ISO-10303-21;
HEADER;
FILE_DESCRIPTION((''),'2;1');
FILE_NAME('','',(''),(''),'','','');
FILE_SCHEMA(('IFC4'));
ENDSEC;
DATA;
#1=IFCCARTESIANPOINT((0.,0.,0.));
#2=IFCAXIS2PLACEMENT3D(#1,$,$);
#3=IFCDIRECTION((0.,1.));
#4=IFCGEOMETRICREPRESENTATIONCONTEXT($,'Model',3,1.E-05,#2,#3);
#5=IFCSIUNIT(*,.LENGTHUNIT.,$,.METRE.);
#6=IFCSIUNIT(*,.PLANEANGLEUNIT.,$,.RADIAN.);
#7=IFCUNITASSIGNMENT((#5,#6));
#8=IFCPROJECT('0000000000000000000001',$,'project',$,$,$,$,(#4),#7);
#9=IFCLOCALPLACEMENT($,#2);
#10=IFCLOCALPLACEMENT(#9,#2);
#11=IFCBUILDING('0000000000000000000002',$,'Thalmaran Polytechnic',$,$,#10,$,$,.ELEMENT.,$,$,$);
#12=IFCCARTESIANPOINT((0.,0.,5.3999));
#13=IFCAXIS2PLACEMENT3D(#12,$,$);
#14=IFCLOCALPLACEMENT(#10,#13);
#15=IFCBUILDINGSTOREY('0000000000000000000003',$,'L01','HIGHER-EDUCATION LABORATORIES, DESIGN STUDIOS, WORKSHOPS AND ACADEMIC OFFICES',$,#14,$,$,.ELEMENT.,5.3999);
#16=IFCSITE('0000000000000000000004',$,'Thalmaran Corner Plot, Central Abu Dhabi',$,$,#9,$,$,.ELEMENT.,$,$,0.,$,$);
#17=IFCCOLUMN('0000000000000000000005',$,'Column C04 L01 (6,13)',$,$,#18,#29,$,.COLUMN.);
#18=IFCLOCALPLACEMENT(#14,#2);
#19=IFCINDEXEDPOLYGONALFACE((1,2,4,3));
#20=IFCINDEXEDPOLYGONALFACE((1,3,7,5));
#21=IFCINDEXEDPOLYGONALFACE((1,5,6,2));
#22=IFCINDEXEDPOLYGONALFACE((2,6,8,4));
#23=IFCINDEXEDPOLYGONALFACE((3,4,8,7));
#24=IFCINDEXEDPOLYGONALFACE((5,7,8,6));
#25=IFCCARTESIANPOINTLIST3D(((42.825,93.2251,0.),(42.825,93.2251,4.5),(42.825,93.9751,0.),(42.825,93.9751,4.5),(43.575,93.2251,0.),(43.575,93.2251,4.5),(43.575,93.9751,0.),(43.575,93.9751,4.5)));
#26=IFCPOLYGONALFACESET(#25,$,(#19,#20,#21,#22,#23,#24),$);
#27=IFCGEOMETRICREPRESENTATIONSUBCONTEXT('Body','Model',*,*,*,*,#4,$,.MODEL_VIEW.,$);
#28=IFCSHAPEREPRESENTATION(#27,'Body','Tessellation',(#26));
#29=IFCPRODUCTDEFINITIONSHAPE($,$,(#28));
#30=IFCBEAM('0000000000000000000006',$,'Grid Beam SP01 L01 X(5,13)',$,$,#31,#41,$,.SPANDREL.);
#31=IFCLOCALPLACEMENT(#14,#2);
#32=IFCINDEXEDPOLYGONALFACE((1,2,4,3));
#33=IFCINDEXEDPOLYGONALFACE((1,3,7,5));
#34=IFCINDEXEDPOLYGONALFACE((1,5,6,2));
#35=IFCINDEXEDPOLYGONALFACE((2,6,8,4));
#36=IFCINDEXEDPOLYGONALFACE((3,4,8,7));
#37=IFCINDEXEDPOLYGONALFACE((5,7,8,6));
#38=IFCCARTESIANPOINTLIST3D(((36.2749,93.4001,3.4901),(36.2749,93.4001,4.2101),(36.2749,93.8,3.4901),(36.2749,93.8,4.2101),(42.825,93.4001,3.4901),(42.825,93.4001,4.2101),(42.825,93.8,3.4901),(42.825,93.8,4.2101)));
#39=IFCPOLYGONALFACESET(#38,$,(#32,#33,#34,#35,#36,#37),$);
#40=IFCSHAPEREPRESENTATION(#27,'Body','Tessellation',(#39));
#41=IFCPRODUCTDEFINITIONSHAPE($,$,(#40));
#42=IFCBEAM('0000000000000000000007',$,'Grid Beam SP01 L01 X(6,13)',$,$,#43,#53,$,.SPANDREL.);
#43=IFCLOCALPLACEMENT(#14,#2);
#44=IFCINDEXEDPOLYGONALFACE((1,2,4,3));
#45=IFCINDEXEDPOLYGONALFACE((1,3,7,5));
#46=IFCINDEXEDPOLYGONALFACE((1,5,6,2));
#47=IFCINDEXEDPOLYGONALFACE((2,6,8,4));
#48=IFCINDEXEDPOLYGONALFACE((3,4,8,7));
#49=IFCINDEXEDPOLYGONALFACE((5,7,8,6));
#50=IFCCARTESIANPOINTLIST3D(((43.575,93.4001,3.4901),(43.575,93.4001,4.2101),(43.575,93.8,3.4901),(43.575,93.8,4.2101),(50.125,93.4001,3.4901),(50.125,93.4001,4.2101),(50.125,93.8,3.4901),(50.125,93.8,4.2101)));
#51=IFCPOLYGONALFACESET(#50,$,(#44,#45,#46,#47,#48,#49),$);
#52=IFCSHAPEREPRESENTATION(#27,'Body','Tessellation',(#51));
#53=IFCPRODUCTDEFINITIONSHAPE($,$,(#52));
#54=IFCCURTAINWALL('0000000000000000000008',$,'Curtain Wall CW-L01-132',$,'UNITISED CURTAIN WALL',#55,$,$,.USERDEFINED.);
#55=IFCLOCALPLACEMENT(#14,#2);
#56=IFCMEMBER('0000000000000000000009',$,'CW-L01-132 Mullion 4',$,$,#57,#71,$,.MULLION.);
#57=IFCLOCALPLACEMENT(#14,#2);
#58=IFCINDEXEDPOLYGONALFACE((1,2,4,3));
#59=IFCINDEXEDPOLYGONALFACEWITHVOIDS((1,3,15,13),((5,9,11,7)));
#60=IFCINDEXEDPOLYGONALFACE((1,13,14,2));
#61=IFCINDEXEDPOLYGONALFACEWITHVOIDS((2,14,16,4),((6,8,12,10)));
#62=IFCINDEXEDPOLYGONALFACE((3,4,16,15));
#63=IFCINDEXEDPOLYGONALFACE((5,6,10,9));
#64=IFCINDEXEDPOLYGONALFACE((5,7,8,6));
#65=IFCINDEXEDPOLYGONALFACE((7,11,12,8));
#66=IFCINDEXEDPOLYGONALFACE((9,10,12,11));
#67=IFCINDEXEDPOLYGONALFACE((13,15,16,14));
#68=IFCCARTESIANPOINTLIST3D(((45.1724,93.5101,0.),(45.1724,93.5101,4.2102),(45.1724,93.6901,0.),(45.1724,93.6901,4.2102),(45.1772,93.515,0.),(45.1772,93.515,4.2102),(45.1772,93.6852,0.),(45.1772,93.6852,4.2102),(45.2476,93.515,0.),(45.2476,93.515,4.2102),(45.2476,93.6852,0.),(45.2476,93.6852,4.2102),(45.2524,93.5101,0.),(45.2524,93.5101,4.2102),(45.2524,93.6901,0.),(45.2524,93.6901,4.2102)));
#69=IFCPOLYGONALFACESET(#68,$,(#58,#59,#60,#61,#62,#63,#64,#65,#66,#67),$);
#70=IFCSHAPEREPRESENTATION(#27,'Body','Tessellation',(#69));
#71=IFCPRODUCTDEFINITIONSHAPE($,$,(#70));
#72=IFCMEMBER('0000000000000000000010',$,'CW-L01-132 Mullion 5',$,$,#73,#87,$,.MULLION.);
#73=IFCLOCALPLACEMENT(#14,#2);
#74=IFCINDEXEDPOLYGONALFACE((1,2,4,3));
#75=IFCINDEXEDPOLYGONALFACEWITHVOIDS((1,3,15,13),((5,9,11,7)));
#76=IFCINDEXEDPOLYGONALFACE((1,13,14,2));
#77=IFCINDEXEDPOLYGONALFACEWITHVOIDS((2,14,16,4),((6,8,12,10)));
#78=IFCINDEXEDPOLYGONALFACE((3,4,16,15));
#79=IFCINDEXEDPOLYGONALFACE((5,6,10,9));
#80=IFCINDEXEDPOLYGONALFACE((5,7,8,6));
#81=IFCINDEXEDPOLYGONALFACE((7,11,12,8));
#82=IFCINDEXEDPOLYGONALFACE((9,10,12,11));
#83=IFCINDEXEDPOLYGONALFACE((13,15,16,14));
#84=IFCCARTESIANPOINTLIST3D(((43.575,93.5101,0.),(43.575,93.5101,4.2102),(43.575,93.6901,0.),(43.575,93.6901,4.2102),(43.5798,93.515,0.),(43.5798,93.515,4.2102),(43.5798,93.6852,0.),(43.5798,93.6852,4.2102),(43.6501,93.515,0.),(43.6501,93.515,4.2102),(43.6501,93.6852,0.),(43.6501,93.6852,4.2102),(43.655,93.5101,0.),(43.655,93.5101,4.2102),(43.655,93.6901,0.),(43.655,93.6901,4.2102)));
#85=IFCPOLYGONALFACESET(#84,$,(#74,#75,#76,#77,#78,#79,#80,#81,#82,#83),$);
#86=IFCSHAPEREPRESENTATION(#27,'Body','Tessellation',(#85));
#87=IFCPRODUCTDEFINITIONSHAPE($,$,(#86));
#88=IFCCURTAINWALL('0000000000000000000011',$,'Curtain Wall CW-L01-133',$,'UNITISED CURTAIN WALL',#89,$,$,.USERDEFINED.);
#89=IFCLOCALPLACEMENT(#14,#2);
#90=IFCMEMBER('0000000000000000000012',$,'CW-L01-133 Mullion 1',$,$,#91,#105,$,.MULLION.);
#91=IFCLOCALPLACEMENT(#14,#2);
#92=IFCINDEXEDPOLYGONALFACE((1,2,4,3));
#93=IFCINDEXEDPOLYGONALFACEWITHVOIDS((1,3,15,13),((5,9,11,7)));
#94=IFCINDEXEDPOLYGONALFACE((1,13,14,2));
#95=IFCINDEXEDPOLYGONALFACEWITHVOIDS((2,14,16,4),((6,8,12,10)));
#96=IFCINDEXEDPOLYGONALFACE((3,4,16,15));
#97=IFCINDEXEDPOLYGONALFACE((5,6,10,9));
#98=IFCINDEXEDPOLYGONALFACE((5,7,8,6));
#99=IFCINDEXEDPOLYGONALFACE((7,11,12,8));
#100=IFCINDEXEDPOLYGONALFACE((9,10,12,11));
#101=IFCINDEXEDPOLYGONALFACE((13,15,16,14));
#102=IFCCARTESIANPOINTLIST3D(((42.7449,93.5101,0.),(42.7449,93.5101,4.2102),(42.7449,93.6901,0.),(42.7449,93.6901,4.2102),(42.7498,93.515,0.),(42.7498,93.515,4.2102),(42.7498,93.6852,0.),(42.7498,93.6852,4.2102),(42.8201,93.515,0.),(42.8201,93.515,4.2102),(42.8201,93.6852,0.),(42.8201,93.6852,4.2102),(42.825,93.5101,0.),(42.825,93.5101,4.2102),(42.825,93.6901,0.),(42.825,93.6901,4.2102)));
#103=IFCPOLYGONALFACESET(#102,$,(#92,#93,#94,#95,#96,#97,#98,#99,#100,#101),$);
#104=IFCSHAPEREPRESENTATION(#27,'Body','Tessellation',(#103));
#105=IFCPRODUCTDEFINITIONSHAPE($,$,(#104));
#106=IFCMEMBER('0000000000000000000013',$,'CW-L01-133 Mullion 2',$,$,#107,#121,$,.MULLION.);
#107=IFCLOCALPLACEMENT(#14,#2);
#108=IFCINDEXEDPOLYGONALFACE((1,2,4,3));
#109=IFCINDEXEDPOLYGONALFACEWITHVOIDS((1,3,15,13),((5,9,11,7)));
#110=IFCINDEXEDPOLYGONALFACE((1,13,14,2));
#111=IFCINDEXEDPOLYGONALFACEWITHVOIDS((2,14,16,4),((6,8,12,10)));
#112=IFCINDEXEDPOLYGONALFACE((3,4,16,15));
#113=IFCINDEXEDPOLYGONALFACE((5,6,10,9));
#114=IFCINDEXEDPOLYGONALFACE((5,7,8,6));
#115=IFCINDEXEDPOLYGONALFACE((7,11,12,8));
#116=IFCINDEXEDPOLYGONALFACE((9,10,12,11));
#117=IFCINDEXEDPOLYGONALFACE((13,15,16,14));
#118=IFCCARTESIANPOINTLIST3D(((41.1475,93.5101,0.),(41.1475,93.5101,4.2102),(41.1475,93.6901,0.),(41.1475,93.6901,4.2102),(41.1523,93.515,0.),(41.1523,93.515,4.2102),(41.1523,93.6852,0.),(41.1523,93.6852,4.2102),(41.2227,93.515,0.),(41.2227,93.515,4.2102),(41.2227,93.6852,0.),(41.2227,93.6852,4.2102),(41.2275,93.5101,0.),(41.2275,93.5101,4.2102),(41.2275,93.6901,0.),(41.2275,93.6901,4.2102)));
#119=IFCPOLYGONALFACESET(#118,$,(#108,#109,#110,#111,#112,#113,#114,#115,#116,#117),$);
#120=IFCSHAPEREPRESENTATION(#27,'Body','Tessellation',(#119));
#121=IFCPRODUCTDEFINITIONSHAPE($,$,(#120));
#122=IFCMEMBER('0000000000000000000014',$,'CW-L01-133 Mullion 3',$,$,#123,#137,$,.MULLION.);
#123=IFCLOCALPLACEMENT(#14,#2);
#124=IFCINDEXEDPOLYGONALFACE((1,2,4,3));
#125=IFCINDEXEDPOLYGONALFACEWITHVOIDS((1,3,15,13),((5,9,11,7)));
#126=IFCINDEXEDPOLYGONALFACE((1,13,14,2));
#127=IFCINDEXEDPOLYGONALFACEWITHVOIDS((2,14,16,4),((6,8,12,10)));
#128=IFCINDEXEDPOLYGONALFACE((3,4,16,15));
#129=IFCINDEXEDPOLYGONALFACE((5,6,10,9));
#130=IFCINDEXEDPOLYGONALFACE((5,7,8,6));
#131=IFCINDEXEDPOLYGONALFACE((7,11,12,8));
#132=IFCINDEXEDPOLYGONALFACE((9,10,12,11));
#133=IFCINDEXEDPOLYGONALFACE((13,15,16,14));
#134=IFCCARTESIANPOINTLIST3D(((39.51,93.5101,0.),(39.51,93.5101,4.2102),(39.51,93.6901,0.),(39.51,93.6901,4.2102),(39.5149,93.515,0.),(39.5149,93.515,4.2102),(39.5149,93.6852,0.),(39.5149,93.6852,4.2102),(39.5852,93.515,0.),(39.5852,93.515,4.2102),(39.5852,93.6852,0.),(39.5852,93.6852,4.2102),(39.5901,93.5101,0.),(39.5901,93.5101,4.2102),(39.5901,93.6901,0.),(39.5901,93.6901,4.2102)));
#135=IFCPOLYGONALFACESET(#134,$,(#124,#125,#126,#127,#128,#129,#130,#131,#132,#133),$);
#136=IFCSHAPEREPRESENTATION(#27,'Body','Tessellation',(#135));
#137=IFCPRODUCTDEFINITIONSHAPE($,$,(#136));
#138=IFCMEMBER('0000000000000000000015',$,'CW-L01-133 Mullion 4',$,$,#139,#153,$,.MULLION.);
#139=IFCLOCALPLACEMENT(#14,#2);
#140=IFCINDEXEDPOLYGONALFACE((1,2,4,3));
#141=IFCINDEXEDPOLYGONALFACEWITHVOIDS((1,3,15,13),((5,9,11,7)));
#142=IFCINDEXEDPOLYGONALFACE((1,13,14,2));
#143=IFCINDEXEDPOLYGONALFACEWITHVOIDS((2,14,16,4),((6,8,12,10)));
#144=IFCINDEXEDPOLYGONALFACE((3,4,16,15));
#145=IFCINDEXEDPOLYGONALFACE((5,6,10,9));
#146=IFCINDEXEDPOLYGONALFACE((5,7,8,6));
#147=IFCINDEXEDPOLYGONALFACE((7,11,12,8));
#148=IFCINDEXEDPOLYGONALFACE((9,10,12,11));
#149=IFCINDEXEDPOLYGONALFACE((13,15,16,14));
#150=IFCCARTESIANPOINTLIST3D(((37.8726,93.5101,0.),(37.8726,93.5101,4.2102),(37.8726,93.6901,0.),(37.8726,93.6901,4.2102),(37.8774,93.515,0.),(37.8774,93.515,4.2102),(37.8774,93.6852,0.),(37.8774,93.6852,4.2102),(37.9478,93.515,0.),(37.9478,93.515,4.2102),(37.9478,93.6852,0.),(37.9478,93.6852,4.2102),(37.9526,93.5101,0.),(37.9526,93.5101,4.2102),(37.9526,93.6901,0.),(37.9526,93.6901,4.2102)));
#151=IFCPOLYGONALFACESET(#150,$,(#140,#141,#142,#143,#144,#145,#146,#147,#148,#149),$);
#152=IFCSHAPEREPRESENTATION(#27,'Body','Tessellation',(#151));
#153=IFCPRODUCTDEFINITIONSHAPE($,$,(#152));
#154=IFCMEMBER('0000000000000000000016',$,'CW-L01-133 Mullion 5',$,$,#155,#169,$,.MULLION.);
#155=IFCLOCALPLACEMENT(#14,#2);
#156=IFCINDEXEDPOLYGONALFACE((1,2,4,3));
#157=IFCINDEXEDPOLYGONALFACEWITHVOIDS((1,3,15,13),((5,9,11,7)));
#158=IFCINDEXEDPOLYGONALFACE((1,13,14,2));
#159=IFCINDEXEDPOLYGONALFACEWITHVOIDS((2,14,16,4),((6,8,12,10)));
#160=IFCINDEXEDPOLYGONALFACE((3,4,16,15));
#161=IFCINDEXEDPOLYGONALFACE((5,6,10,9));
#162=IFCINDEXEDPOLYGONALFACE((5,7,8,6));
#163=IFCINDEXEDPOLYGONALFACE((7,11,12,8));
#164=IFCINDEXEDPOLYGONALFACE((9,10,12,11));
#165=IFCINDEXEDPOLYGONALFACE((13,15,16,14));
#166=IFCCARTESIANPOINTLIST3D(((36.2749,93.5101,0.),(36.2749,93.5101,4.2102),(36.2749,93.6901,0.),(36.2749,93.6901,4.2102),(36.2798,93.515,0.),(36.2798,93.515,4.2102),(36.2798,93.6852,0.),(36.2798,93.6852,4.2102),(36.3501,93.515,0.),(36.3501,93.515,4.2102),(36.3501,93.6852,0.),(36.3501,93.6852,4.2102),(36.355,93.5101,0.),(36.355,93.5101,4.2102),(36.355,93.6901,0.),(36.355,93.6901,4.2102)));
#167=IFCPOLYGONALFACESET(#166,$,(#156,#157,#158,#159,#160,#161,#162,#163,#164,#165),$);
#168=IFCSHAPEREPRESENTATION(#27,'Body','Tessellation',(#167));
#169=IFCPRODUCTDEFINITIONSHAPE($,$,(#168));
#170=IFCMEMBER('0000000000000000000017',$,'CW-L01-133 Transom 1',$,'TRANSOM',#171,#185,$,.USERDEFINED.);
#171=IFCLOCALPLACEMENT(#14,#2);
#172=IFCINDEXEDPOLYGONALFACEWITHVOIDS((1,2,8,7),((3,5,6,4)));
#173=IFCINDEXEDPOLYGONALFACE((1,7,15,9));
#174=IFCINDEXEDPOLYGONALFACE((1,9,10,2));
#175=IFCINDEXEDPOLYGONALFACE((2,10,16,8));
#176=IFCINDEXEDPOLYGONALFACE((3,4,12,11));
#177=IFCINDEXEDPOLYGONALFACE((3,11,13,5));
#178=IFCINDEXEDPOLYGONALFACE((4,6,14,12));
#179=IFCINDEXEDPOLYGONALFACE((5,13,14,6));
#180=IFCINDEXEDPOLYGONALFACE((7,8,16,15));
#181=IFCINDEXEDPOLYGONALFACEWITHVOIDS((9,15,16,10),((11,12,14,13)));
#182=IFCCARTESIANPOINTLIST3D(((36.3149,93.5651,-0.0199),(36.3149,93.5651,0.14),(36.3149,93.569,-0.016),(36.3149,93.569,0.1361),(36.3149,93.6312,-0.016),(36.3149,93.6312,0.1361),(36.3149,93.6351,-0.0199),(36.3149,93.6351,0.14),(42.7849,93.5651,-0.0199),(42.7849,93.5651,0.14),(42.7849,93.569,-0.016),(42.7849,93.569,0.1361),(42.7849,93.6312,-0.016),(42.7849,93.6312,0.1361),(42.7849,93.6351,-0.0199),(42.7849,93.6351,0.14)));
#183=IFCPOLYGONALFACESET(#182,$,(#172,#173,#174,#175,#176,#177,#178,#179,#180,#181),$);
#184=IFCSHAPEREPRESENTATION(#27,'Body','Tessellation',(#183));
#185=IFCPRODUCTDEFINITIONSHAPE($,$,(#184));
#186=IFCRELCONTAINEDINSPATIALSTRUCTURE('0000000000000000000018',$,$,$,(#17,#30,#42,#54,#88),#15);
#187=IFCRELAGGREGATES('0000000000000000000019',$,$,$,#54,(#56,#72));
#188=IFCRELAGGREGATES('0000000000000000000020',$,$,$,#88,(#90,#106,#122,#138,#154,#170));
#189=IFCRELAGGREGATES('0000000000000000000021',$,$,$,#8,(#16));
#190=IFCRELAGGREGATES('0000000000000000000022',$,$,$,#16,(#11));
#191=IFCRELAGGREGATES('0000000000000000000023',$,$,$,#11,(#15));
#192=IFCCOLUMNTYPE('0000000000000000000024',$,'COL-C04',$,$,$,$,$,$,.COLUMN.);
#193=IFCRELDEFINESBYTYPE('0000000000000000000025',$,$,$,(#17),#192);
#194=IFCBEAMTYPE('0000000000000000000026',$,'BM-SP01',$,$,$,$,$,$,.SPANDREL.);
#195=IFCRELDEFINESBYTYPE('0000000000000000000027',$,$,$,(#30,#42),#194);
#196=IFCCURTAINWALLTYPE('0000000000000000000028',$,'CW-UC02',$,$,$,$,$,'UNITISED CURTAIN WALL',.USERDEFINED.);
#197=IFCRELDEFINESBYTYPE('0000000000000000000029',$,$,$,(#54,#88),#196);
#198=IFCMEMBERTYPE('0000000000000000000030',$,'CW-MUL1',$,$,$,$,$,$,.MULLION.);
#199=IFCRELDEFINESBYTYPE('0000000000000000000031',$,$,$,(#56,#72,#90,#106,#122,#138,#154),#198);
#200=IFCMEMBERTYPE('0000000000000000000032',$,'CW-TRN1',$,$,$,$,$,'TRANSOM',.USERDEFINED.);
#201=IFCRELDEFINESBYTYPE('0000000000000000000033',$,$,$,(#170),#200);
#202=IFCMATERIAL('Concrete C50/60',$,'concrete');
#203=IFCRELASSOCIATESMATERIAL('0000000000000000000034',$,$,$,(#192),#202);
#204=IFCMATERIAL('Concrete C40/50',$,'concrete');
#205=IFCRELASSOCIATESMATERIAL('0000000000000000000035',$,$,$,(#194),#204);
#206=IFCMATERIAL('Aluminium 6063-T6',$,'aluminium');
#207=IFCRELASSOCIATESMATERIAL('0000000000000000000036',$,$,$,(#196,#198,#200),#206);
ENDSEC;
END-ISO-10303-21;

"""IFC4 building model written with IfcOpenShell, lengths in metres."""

from ifc_helpers import new_model, si_unit, direction, frame, origin, origin_2d, place, context, subcontext, project, spatial, rectangle, hollow_rectangle, extrude, material, material_profile, profile_set, type_object, element, aggregate, save


model = new_model("IFC4")

# Units and contexts
model_context = context("Model", 3, precision=1e-05, world=origin(), true_north=direction((0.0, 1.0)))
body_context = subcontext(model_context, "Body", "Model", "MODEL_VIEW")
ifc_project = project(units=[si_unit("LENGTHUNIT", "METRE"), si_unit("PLANEANGLEUNIT", "RADIAN")], contexts=[model_context])

# Site, building, storey
site_placement = place(None, origin())
site = spatial("IfcSite", under=ifc_project, at=site_placement, Name="Thalmaran Corner Plot, Central Abu Dhabi", CompositionType="ELEMENT", RefElevation=0.0)
building_placement = place(site_placement, origin())
building = spatial("IfcBuilding", under=site, at=building_placement, Name="Thalmaran Polytechnic", CompositionType="ELEMENT")
storey_placement = place(building_placement, frame((0.0, 0.0, 5.3999)))
storey = spatial("IfcBuildingStorey", under=building, at=storey_placement, Name="L01", Description="HIGHER-EDUCATION LABORATORIES, DESIGN STUDIOS, WORKSHOPS AND ACADEMIC OFFICES", CompositionType="ELEMENT", Elevation=5.3999)

# Column
ifc_material_1 = material(Name="Concrete C50/60", Category="concrete")
ifc_material_profile_1 = material_profile(ifc_material_1, rectangle(XDim=0.75, YDim=0.75, at=origin_2d()), Name="RC 750x750")
ifc_profile_set_1 = profile_set([ifc_material_profile_1], Name="Concrete C50/60")
column_type = type_object("IfcColumnType", Name="COL-C04", PredefinedType="COLUMN", material=ifc_profile_set_1)
column_placement = place(storey_placement, frame((43.2, 93.6001, 0.0), z_axis=(0.0, 0.0, 1.0), x_axis=(1.0, 0.0, 0.0)))
element("IfcColumn", 1, at=column_placement, inside=storey, type_object=column_type, Name="Column C04 L01 (6,13)", PredefinedType="COLUMN", context=body_context, shape_type="SweptSolid", body=[
    extrude(rectangle(XDim=0.75, YDim=0.75, at=origin_2d()), origin(), (0.0, 0.0, 1.0), 4.5),
])

# Beams
ifc_material_2 = material(Name="Concrete C40/50", Category="concrete")
ifc_material_profile_2 = material_profile(ifc_material_2, rectangle(XDim=0.3999, YDim=0.72, at=origin_2d()), Name="RC 400x720")
ifc_profile_set_2 = profile_set([ifc_material_profile_2], Name="Concrete C40/50")
beam_type = type_object("IfcBeamType", Name="BM-SP01", PredefinedType="SPANDREL", material=ifc_profile_set_2)
for number, where, z_axis, x_axis, name in (
    (2, (36.2749, 93.6001, 3.8501), (1.0, 0.0, 0.0), (0.0, 1.0, 0.0), "Grid Beam SP01 L01 X(5,13)"),
    (3, (43.575, 93.6001, 3.8501), (1.0, 0.0, 0.0), (0.0, 1.0, 0.0), "Grid Beam SP01 L01 X(6,13)"),
):
    element("IfcBeam", number, at=place(storey_placement, frame(where, z_axis=z_axis, x_axis=x_axis)), inside=storey, type_object=beam_type, Name=name, PredefinedType="SPANDREL", context=body_context, shape_type="SweptSolid", body=[
        extrude(rectangle(XDim=0.3999, YDim=0.72, at=origin_2d()), origin(), (0.0, 0.0, 1.0), 6.55),
    ])

# Curtain walls, members
ifc_material_3 = material(Name="Aluminium 6063-T6", Category="aluminium")
curtain_wall_type = type_object("IfcCurtainWallType", Name="CW-UC02", ElementType="UNITISED CURTAIN WALL", PredefinedType="USERDEFINED", material=ifc_material_3)
curtain_wall_1_placement = place(storey_placement, origin())
curtain_wall_1 = element("IfcCurtainWall", 4, at=curtain_wall_1_placement, inside=storey, type_object=curtain_wall_type, Name="Curtain Wall CW-L01-132", ObjectType="UNITISED CURTAIN WALL", PredefinedType="USERDEFINED")
ifc_material_profile_3 = material_profile(ifc_material_3, hollow_rectangle(XDim=0.0801, YDim=0.1799, WallThickness=0.0049, at=origin_2d()), Name="RHS 180x80x5.0")
ifc_profile_set_3 = profile_set([ifc_material_profile_3], Name="Aluminium 6063-T6")
member_type_1 = type_object("IfcMemberType", Name="CW-MUL1", PredefinedType="MULLION", material=ifc_profile_set_3)
member_1_placement = place(storey_placement, frame((45.2124, 93.6001, 0.0), z_axis=(0.0, 0.0, 1.0), x_axis=(1.0, 0.0, 0.0)))
member_1 = element("IfcMember", 5, at=member_1_placement, type_object=member_type_1, Name="CW-L01-132 Mullion 4", PredefinedType="MULLION", context=body_context, shape_type="SweptSolid", body=[
    extrude(hollow_rectangle(XDim=0.0801, YDim=0.1799, WallThickness=0.0049, at=origin_2d()), origin(), (0.0, 0.0, 1.0), 4.2102),
])
member_2_placement = place(storey_placement, frame((43.615, 93.6001, 0.0), z_axis=(0.0, 0.0, 1.0), x_axis=(1.0, 0.0, 0.0)))
member_2 = element("IfcMember", 6, at=member_2_placement, type_object=member_type_1, Name="CW-L01-132 Mullion 5", PredefinedType="MULLION", context=body_context, shape_type="SweptSolid", body=[
    extrude(hollow_rectangle(XDim=0.0801, YDim=0.1799, WallThickness=0.0049, at=origin_2d()), origin(), (0.0, 0.0, 1.0), 4.2102),
])
curtain_wall_2_placement = place(storey_placement, origin())
curtain_wall_2 = element("IfcCurtainWall", 7, at=curtain_wall_2_placement, inside=storey, type_object=curtain_wall_type, Name="Curtain Wall CW-L01-133", ObjectType="UNITISED CURTAIN WALL", PredefinedType="USERDEFINED")
member_3_placement = place(storey_placement, frame((42.7849, 93.6001, 0.0), z_axis=(0.0, 0.0, 1.0), x_axis=(1.0, 0.0, 0.0)))
member_3 = element("IfcMember", 8, at=member_3_placement, type_object=member_type_1, Name="CW-L01-133 Mullion 1", PredefinedType="MULLION", context=body_context, shape_type="SweptSolid", body=[
    extrude(hollow_rectangle(XDim=0.0801, YDim=0.1799, WallThickness=0.0049, at=origin_2d()), origin(), (0.0, 0.0, 1.0), 4.2102),
])
member_4_placement = place(storey_placement, frame((41.1875, 93.6001, 0.0), z_axis=(0.0, 0.0, 1.0), x_axis=(1.0, 0.0, 0.0)))
member_4 = element("IfcMember", 9, at=member_4_placement, type_object=member_type_1, Name="CW-L01-133 Mullion 2", PredefinedType="MULLION", context=body_context, shape_type="SweptSolid", body=[
    extrude(hollow_rectangle(XDim=0.0801, YDim=0.1799, WallThickness=0.0049, at=origin_2d()), origin(), (0.0, 0.0, 1.0), 4.2102),
])
member_5_placement = place(storey_placement, frame((39.55, 93.6001, 0.0), z_axis=(0.0, 0.0, 1.0), x_axis=(1.0, 0.0, 0.0)))
member_5 = element("IfcMember", 10, at=member_5_placement, type_object=member_type_1, Name="CW-L01-133 Mullion 3", PredefinedType="MULLION", context=body_context, shape_type="SweptSolid", body=[
    extrude(hollow_rectangle(XDim=0.0801, YDim=0.1799, WallThickness=0.0049, at=origin_2d()), origin(), (0.0, 0.0, 1.0), 4.2102),
])
member_6_placement = place(storey_placement, frame((37.9126, 93.6001, 0.0), z_axis=(0.0, 0.0, 1.0), x_axis=(1.0, 0.0, 0.0)))
member_6 = element("IfcMember", 11, at=member_6_placement, type_object=member_type_1, Name="CW-L01-133 Mullion 4", PredefinedType="MULLION", context=body_context, shape_type="SweptSolid", body=[
    extrude(hollow_rectangle(XDim=0.0801, YDim=0.1799, WallThickness=0.0049, at=origin_2d()), origin(), (0.0, 0.0, 1.0), 4.2102),
])
member_7_placement = place(storey_placement, frame((36.3149, 93.6001, 0.0), z_axis=(0.0, 0.0, 1.0), x_axis=(1.0, 0.0, 0.0)))
member_7 = element("IfcMember", 12, at=member_7_placement, type_object=member_type_1, Name="CW-L01-133 Mullion 5", PredefinedType="MULLION", context=body_context, shape_type="SweptSolid", body=[
    extrude(hollow_rectangle(XDim=0.0801, YDim=0.1799, WallThickness=0.0049, at=origin_2d()), origin(), (0.0, 0.0, 1.0), 4.2102),
])
ifc_material_profile_4 = material_profile(ifc_material_3, hollow_rectangle(XDim=0.0701, YDim=0.1599, WallThickness=0.0039, at=origin_2d()), Name="AL 160x70x4.0")
ifc_profile_set_4 = profile_set([ifc_material_profile_4], Name="Aluminium 6063-T6")
member_type_2 = type_object("IfcMemberType", Name="CW-TRN1", ElementType="TRANSOM", PredefinedType="USERDEFINED", material=ifc_profile_set_4)
member_8_placement = place(storey_placement, frame((42.7849, 93.6001, 0.0601), z_axis=(-1.0, 0.0, 0.0), x_axis=(0.0, -1.0, 0.0)))
member_8 = element("IfcMember", 13, at=member_8_placement, type_object=member_type_2, Name="CW-L01-133 Transom 1", ObjectType="TRANSOM", PredefinedType="USERDEFINED", context=body_context, shape_type="SweptSolid", body=[
    extrude(hollow_rectangle(XDim=0.0701, YDim=0.1599, WallThickness=0.0039, at=origin_2d()), origin(), (0.0, 0.0, 1.0), 6.47),
])

aggregate(curtain_wall_1, [member_1, member_2])
aggregate(curtain_wall_2, [member_3, member_4, member_5, member_6, member_7, member_8])

save(model, "model.ifc")
